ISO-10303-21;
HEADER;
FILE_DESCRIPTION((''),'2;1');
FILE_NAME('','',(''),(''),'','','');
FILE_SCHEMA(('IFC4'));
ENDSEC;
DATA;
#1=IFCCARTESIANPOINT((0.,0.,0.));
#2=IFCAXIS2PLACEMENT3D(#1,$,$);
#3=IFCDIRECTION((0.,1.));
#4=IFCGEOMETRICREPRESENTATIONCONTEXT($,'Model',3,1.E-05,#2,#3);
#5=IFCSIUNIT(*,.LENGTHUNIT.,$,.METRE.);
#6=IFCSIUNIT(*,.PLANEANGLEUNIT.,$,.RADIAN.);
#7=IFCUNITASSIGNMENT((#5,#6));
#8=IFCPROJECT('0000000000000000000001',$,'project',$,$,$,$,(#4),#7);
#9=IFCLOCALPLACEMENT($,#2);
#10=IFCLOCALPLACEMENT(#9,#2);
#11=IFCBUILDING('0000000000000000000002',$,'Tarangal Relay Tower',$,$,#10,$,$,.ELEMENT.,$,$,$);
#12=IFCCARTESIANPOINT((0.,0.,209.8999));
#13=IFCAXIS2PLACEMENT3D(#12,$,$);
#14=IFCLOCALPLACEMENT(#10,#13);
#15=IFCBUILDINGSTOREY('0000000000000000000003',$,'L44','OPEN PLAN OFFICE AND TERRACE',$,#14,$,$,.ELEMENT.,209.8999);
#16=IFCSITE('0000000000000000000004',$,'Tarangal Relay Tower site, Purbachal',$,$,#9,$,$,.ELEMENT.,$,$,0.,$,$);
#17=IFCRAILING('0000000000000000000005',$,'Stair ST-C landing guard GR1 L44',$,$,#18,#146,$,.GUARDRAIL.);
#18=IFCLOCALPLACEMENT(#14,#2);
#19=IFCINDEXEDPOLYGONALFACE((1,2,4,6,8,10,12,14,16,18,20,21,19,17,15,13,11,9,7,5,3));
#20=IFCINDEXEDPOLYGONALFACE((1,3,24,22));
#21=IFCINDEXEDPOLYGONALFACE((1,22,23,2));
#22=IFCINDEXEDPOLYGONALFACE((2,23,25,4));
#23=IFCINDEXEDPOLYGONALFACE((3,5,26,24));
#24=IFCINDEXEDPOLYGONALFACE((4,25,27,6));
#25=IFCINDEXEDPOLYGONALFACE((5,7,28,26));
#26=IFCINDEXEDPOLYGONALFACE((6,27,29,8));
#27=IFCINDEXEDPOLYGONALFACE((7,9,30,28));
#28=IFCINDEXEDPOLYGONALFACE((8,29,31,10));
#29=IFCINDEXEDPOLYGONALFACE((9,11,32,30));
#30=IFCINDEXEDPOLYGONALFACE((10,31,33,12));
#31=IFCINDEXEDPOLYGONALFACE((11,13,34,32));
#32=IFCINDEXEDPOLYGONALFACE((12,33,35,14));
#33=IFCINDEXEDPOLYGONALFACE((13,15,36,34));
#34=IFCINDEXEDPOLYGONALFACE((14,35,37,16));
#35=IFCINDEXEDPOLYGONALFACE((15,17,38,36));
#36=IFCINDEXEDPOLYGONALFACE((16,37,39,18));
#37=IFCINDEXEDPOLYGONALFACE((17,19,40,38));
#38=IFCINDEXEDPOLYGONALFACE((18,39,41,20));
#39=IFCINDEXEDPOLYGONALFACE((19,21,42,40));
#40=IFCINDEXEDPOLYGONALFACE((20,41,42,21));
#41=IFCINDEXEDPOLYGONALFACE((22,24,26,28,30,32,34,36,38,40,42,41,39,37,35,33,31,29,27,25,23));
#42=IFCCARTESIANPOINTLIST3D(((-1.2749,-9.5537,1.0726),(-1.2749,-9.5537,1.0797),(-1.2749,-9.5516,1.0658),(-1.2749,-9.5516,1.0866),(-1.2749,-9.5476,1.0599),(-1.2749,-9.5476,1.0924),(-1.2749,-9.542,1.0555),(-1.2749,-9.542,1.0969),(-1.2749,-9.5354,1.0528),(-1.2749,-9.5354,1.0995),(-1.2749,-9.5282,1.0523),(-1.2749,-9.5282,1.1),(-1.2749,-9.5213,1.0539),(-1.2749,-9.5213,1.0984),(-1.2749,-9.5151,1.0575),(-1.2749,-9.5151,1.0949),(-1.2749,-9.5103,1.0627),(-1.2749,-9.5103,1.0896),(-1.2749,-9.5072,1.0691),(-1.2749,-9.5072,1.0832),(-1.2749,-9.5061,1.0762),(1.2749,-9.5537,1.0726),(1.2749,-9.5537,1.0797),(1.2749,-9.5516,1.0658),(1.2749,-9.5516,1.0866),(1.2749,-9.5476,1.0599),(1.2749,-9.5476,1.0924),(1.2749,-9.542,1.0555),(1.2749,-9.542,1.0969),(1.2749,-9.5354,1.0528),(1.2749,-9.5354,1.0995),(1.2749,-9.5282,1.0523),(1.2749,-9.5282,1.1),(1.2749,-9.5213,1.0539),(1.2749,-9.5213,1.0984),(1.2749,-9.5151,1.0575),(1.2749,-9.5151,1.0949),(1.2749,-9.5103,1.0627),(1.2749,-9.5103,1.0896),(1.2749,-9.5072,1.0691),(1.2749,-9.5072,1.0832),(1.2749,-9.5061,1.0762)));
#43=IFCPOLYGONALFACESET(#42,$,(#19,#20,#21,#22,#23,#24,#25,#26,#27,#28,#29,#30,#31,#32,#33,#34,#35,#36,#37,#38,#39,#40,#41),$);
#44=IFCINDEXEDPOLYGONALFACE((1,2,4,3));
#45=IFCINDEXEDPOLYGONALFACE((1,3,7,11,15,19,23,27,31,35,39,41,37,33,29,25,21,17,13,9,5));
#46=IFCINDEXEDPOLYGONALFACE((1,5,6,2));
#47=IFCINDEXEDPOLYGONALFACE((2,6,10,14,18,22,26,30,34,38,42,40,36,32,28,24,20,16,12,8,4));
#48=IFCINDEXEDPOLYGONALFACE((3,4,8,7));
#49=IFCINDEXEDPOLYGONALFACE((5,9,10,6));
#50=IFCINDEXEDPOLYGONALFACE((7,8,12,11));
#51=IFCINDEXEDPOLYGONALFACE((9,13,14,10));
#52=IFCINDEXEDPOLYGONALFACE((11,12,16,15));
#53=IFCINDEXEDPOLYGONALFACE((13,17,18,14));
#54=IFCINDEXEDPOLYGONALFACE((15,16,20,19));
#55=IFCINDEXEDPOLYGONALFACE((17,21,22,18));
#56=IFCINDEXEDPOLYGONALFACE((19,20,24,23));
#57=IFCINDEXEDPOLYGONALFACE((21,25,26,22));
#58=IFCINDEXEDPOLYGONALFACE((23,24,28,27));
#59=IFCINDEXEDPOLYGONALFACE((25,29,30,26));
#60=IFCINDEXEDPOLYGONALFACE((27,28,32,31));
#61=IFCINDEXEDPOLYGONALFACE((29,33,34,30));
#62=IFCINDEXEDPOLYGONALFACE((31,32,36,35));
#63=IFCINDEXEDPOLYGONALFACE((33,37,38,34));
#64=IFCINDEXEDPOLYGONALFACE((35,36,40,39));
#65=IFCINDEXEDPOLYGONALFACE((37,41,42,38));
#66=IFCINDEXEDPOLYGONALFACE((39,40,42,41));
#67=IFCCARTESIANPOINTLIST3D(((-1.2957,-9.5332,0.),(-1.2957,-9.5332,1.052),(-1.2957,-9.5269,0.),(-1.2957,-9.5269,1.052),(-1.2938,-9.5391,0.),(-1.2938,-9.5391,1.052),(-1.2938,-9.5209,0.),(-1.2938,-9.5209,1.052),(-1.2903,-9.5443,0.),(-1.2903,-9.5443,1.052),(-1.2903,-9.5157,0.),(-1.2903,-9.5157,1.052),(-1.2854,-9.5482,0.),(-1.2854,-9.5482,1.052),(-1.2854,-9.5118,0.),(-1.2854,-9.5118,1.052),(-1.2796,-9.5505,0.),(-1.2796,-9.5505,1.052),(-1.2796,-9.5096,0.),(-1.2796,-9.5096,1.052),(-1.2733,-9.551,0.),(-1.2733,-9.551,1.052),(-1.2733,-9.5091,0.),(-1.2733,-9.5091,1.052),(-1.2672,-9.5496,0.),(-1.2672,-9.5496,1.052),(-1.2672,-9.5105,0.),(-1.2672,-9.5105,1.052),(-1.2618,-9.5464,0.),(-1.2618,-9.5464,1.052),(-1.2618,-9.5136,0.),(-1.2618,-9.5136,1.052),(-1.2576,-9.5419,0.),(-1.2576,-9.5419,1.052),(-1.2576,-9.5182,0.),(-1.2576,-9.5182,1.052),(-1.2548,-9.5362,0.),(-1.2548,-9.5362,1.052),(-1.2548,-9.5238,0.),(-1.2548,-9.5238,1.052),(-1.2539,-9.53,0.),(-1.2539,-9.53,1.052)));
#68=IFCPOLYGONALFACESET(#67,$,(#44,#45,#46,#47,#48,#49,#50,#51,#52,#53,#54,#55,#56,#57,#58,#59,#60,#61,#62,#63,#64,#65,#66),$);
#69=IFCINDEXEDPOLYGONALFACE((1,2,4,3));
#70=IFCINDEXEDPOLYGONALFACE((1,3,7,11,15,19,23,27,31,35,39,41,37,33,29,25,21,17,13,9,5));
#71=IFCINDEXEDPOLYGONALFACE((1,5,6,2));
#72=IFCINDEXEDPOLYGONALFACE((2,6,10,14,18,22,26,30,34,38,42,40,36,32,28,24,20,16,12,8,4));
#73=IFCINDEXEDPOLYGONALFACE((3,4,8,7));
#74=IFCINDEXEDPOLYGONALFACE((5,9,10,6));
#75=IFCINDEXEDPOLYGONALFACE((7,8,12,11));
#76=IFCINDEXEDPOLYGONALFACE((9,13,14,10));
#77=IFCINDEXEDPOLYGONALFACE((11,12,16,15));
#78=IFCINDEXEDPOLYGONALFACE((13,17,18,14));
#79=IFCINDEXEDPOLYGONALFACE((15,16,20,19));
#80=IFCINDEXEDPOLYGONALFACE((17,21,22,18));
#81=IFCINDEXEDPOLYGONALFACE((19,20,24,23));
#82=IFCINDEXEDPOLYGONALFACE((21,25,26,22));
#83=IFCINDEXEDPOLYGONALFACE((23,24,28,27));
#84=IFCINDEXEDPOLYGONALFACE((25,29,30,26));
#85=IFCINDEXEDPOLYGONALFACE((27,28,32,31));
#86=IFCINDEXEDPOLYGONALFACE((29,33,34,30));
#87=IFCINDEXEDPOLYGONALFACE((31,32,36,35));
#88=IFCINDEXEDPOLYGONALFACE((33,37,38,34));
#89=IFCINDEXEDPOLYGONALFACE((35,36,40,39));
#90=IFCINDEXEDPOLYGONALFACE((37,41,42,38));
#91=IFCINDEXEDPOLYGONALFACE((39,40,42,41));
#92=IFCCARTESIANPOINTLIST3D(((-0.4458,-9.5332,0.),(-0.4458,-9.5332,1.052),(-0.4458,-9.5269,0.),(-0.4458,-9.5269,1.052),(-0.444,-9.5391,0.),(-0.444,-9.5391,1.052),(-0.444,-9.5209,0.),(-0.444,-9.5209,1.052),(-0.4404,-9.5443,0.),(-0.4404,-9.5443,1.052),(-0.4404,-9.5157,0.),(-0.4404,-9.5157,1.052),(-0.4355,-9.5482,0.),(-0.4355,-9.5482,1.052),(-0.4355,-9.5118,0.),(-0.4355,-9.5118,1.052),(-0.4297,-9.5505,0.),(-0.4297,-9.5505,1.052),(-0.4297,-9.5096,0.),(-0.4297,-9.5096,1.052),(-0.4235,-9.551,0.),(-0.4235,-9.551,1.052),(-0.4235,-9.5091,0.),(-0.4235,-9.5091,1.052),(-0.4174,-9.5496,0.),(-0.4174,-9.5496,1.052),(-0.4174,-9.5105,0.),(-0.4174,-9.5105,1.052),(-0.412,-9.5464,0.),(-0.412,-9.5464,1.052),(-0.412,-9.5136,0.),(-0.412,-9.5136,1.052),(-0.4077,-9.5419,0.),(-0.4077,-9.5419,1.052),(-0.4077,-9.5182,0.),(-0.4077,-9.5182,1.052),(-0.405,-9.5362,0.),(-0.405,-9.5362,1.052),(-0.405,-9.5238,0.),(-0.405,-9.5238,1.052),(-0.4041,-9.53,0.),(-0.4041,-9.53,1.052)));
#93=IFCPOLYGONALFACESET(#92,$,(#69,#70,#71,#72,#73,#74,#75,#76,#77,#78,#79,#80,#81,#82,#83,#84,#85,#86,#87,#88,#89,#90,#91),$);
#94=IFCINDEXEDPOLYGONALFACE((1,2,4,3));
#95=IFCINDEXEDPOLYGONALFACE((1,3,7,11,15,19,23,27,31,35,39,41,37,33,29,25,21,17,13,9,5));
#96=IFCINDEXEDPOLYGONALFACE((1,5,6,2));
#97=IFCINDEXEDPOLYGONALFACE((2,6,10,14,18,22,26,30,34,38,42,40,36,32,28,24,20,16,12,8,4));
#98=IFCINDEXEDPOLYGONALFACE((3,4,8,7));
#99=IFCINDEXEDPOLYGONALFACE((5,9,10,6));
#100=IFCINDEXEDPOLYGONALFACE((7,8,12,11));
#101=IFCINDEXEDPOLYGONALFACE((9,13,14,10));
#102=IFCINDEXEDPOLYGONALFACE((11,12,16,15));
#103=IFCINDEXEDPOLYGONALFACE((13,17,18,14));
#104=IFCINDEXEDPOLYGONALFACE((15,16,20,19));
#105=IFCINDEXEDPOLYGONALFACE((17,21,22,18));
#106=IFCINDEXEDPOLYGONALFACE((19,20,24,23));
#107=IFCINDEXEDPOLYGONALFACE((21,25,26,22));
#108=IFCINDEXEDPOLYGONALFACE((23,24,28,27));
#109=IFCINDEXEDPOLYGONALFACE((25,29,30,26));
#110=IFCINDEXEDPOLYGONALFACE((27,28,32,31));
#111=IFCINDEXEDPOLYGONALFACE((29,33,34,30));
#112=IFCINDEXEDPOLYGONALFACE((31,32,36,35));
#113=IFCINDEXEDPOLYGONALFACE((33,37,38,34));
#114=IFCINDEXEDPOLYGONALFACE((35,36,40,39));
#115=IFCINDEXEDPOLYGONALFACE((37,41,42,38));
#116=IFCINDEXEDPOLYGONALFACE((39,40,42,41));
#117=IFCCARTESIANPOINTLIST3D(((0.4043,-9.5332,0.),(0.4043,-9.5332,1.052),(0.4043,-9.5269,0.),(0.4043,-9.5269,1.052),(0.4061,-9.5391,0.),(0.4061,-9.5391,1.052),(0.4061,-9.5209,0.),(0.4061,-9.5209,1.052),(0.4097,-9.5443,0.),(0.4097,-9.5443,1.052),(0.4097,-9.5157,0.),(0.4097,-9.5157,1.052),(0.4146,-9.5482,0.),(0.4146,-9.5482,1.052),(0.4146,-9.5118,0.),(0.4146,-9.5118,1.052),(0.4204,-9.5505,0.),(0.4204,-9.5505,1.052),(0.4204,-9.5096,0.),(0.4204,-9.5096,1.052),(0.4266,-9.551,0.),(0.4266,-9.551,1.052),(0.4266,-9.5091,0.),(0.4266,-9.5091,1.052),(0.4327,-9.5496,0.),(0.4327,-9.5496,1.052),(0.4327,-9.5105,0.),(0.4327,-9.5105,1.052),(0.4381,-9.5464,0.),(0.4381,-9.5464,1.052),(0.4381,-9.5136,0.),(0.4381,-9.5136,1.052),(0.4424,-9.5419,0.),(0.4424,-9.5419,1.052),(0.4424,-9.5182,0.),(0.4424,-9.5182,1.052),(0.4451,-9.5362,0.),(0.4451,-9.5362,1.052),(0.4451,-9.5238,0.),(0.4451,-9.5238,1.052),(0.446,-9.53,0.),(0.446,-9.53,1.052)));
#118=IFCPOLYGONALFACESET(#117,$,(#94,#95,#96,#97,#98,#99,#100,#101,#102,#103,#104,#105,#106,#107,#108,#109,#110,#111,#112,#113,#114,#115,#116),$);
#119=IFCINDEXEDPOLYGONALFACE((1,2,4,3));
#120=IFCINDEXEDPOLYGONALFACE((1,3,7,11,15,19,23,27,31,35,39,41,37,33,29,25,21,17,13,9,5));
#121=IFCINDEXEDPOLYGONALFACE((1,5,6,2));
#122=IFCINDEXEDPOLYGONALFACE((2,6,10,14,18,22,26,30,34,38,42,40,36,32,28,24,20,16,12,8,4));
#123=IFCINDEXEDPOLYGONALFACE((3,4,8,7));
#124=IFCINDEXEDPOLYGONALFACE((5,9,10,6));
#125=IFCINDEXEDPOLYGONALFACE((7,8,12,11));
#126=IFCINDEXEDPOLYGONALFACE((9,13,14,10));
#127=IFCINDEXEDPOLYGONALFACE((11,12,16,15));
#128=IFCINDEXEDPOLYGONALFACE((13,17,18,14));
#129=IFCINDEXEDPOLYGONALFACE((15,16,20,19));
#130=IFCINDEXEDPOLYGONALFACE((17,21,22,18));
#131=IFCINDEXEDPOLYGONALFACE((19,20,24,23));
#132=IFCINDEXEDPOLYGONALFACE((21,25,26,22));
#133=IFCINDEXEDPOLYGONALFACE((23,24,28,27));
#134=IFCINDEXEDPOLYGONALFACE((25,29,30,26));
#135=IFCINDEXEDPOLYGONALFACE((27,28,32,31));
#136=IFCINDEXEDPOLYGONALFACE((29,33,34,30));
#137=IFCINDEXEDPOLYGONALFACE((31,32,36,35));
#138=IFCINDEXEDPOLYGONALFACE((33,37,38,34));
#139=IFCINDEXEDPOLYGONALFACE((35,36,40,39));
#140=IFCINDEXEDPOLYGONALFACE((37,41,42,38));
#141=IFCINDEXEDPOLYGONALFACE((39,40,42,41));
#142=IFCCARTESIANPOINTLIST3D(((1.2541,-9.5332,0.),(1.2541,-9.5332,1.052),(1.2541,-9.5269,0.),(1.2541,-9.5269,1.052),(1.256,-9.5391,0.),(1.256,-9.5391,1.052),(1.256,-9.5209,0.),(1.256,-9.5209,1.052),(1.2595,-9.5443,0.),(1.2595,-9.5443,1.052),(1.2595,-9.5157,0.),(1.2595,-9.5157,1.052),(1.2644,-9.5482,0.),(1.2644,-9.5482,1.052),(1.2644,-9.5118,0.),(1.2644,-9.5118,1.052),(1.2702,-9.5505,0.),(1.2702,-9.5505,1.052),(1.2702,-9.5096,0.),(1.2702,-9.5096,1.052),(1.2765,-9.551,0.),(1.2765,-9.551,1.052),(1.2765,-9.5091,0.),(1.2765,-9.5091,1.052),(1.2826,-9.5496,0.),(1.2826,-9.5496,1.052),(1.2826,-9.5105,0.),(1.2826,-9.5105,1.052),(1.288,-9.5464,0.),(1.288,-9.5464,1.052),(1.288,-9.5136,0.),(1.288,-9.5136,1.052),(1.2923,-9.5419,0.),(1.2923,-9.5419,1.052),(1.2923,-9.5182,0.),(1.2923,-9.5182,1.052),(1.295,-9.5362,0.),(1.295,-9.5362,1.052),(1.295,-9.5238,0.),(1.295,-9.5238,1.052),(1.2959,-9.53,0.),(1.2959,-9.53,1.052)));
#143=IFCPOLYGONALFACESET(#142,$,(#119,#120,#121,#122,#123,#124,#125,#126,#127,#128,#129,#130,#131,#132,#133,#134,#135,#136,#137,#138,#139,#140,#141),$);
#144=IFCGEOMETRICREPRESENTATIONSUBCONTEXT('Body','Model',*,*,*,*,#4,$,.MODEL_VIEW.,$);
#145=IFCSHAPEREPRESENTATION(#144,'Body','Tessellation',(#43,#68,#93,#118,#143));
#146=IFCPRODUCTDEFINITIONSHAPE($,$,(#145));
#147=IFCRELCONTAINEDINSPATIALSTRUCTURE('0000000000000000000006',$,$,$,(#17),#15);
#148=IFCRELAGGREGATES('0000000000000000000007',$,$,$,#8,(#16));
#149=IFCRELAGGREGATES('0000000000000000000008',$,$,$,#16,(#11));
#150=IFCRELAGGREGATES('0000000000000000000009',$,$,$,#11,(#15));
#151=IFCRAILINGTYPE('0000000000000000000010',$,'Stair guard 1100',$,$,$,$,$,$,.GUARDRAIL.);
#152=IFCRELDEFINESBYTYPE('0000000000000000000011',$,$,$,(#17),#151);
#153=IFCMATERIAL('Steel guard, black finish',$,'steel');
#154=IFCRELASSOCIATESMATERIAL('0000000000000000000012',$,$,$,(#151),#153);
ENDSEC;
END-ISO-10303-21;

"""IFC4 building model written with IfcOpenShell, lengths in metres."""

from ifc_helpers import new_model, si_unit, direction, frame, origin, origin_2d, place, context, subcontext, project, spatial, circle, extrude, material, type_object, element, save


model = new_model("IFC4")

# Units and contexts
model_context = context("Model", 3, precision=1e-05, world=origin(), true_north=direction((0.0, 1.0)))
body_context = subcontext(model_context, "Body", "Model", "MODEL_VIEW")
ifc_project = project(units=[si_unit("LENGTHUNIT", "METRE"), si_unit("PLANEANGLEUNIT", "RADIAN")], contexts=[model_context])

# Site, building, storey
site_placement = place(None, origin())
site = spatial("IfcSite", under=ifc_project, at=site_placement, Name="Tarangal Relay Tower site, Purbachal", CompositionType="ELEMENT", RefElevation=0.0)
building_placement = place(site_placement, origin())
building = spatial("IfcBuilding", under=site, at=building_placement, Name="Tarangal Relay Tower", CompositionType="ELEMENT")
storey_placement = place(building_placement, frame((0.0, 0.0, 209.8999)))
storey = spatial("IfcBuildingStorey", under=building, at=storey_placement, Name="L44", Description="OPEN PLAN OFFICE AND TERRACE", CompositionType="ELEMENT", Elevation=209.8999)

# Railing
ifc_material_1 = material(Name="Steel guard, black finish", Category="steel")
railing_type_1 = type_object("IfcRailingType", Name="Stair guard 1100", PredefinedType="GUARDRAIL", material=ifc_material_1)
for number, where, name in (
    (1, (-1.2749, -9.53, 0.0), "Stair ST-C landing guard GR1 L44"),
):
    element("IfcRailing", number, at=place(storey_placement, frame(where)), inside=storey, type_object=railing_type_1, Name=name, PredefinedType="GUARDRAIL", context=body_context, shape_type="SweptSolid", body=[
        extrude(circle(Radius=0.0239, at=origin_2d()), frame((0.0, 0.0, 1.0762), z_axis=(1.0, 0.0, 0.0), x_axis=(0.0, 1.0, 0.0)), (0.0, 0.0, 1.0), 2.5498),
        extrude(circle(Radius=0.021, at=origin_2d()), origin(), (0.0, 0.0, 1.0), 1.052),
        extrude(circle(Radius=0.021, at=origin_2d()), frame((0.8499, 0.0, 0.0)), (0.0, 0.0, 1.0), 1.052),
        extrude(circle(Radius=0.021, at=origin_2d()), frame((1.7, 0.0, 0.0)), (0.0, 0.0, 1.0), 1.052),
        extrude(circle(Radius=0.021, at=origin_2d()), frame((2.5498, 0.0, 0.0)), (0.0, 0.0, 1.0), 1.052),
    ])

save(model, "model.ifc")
